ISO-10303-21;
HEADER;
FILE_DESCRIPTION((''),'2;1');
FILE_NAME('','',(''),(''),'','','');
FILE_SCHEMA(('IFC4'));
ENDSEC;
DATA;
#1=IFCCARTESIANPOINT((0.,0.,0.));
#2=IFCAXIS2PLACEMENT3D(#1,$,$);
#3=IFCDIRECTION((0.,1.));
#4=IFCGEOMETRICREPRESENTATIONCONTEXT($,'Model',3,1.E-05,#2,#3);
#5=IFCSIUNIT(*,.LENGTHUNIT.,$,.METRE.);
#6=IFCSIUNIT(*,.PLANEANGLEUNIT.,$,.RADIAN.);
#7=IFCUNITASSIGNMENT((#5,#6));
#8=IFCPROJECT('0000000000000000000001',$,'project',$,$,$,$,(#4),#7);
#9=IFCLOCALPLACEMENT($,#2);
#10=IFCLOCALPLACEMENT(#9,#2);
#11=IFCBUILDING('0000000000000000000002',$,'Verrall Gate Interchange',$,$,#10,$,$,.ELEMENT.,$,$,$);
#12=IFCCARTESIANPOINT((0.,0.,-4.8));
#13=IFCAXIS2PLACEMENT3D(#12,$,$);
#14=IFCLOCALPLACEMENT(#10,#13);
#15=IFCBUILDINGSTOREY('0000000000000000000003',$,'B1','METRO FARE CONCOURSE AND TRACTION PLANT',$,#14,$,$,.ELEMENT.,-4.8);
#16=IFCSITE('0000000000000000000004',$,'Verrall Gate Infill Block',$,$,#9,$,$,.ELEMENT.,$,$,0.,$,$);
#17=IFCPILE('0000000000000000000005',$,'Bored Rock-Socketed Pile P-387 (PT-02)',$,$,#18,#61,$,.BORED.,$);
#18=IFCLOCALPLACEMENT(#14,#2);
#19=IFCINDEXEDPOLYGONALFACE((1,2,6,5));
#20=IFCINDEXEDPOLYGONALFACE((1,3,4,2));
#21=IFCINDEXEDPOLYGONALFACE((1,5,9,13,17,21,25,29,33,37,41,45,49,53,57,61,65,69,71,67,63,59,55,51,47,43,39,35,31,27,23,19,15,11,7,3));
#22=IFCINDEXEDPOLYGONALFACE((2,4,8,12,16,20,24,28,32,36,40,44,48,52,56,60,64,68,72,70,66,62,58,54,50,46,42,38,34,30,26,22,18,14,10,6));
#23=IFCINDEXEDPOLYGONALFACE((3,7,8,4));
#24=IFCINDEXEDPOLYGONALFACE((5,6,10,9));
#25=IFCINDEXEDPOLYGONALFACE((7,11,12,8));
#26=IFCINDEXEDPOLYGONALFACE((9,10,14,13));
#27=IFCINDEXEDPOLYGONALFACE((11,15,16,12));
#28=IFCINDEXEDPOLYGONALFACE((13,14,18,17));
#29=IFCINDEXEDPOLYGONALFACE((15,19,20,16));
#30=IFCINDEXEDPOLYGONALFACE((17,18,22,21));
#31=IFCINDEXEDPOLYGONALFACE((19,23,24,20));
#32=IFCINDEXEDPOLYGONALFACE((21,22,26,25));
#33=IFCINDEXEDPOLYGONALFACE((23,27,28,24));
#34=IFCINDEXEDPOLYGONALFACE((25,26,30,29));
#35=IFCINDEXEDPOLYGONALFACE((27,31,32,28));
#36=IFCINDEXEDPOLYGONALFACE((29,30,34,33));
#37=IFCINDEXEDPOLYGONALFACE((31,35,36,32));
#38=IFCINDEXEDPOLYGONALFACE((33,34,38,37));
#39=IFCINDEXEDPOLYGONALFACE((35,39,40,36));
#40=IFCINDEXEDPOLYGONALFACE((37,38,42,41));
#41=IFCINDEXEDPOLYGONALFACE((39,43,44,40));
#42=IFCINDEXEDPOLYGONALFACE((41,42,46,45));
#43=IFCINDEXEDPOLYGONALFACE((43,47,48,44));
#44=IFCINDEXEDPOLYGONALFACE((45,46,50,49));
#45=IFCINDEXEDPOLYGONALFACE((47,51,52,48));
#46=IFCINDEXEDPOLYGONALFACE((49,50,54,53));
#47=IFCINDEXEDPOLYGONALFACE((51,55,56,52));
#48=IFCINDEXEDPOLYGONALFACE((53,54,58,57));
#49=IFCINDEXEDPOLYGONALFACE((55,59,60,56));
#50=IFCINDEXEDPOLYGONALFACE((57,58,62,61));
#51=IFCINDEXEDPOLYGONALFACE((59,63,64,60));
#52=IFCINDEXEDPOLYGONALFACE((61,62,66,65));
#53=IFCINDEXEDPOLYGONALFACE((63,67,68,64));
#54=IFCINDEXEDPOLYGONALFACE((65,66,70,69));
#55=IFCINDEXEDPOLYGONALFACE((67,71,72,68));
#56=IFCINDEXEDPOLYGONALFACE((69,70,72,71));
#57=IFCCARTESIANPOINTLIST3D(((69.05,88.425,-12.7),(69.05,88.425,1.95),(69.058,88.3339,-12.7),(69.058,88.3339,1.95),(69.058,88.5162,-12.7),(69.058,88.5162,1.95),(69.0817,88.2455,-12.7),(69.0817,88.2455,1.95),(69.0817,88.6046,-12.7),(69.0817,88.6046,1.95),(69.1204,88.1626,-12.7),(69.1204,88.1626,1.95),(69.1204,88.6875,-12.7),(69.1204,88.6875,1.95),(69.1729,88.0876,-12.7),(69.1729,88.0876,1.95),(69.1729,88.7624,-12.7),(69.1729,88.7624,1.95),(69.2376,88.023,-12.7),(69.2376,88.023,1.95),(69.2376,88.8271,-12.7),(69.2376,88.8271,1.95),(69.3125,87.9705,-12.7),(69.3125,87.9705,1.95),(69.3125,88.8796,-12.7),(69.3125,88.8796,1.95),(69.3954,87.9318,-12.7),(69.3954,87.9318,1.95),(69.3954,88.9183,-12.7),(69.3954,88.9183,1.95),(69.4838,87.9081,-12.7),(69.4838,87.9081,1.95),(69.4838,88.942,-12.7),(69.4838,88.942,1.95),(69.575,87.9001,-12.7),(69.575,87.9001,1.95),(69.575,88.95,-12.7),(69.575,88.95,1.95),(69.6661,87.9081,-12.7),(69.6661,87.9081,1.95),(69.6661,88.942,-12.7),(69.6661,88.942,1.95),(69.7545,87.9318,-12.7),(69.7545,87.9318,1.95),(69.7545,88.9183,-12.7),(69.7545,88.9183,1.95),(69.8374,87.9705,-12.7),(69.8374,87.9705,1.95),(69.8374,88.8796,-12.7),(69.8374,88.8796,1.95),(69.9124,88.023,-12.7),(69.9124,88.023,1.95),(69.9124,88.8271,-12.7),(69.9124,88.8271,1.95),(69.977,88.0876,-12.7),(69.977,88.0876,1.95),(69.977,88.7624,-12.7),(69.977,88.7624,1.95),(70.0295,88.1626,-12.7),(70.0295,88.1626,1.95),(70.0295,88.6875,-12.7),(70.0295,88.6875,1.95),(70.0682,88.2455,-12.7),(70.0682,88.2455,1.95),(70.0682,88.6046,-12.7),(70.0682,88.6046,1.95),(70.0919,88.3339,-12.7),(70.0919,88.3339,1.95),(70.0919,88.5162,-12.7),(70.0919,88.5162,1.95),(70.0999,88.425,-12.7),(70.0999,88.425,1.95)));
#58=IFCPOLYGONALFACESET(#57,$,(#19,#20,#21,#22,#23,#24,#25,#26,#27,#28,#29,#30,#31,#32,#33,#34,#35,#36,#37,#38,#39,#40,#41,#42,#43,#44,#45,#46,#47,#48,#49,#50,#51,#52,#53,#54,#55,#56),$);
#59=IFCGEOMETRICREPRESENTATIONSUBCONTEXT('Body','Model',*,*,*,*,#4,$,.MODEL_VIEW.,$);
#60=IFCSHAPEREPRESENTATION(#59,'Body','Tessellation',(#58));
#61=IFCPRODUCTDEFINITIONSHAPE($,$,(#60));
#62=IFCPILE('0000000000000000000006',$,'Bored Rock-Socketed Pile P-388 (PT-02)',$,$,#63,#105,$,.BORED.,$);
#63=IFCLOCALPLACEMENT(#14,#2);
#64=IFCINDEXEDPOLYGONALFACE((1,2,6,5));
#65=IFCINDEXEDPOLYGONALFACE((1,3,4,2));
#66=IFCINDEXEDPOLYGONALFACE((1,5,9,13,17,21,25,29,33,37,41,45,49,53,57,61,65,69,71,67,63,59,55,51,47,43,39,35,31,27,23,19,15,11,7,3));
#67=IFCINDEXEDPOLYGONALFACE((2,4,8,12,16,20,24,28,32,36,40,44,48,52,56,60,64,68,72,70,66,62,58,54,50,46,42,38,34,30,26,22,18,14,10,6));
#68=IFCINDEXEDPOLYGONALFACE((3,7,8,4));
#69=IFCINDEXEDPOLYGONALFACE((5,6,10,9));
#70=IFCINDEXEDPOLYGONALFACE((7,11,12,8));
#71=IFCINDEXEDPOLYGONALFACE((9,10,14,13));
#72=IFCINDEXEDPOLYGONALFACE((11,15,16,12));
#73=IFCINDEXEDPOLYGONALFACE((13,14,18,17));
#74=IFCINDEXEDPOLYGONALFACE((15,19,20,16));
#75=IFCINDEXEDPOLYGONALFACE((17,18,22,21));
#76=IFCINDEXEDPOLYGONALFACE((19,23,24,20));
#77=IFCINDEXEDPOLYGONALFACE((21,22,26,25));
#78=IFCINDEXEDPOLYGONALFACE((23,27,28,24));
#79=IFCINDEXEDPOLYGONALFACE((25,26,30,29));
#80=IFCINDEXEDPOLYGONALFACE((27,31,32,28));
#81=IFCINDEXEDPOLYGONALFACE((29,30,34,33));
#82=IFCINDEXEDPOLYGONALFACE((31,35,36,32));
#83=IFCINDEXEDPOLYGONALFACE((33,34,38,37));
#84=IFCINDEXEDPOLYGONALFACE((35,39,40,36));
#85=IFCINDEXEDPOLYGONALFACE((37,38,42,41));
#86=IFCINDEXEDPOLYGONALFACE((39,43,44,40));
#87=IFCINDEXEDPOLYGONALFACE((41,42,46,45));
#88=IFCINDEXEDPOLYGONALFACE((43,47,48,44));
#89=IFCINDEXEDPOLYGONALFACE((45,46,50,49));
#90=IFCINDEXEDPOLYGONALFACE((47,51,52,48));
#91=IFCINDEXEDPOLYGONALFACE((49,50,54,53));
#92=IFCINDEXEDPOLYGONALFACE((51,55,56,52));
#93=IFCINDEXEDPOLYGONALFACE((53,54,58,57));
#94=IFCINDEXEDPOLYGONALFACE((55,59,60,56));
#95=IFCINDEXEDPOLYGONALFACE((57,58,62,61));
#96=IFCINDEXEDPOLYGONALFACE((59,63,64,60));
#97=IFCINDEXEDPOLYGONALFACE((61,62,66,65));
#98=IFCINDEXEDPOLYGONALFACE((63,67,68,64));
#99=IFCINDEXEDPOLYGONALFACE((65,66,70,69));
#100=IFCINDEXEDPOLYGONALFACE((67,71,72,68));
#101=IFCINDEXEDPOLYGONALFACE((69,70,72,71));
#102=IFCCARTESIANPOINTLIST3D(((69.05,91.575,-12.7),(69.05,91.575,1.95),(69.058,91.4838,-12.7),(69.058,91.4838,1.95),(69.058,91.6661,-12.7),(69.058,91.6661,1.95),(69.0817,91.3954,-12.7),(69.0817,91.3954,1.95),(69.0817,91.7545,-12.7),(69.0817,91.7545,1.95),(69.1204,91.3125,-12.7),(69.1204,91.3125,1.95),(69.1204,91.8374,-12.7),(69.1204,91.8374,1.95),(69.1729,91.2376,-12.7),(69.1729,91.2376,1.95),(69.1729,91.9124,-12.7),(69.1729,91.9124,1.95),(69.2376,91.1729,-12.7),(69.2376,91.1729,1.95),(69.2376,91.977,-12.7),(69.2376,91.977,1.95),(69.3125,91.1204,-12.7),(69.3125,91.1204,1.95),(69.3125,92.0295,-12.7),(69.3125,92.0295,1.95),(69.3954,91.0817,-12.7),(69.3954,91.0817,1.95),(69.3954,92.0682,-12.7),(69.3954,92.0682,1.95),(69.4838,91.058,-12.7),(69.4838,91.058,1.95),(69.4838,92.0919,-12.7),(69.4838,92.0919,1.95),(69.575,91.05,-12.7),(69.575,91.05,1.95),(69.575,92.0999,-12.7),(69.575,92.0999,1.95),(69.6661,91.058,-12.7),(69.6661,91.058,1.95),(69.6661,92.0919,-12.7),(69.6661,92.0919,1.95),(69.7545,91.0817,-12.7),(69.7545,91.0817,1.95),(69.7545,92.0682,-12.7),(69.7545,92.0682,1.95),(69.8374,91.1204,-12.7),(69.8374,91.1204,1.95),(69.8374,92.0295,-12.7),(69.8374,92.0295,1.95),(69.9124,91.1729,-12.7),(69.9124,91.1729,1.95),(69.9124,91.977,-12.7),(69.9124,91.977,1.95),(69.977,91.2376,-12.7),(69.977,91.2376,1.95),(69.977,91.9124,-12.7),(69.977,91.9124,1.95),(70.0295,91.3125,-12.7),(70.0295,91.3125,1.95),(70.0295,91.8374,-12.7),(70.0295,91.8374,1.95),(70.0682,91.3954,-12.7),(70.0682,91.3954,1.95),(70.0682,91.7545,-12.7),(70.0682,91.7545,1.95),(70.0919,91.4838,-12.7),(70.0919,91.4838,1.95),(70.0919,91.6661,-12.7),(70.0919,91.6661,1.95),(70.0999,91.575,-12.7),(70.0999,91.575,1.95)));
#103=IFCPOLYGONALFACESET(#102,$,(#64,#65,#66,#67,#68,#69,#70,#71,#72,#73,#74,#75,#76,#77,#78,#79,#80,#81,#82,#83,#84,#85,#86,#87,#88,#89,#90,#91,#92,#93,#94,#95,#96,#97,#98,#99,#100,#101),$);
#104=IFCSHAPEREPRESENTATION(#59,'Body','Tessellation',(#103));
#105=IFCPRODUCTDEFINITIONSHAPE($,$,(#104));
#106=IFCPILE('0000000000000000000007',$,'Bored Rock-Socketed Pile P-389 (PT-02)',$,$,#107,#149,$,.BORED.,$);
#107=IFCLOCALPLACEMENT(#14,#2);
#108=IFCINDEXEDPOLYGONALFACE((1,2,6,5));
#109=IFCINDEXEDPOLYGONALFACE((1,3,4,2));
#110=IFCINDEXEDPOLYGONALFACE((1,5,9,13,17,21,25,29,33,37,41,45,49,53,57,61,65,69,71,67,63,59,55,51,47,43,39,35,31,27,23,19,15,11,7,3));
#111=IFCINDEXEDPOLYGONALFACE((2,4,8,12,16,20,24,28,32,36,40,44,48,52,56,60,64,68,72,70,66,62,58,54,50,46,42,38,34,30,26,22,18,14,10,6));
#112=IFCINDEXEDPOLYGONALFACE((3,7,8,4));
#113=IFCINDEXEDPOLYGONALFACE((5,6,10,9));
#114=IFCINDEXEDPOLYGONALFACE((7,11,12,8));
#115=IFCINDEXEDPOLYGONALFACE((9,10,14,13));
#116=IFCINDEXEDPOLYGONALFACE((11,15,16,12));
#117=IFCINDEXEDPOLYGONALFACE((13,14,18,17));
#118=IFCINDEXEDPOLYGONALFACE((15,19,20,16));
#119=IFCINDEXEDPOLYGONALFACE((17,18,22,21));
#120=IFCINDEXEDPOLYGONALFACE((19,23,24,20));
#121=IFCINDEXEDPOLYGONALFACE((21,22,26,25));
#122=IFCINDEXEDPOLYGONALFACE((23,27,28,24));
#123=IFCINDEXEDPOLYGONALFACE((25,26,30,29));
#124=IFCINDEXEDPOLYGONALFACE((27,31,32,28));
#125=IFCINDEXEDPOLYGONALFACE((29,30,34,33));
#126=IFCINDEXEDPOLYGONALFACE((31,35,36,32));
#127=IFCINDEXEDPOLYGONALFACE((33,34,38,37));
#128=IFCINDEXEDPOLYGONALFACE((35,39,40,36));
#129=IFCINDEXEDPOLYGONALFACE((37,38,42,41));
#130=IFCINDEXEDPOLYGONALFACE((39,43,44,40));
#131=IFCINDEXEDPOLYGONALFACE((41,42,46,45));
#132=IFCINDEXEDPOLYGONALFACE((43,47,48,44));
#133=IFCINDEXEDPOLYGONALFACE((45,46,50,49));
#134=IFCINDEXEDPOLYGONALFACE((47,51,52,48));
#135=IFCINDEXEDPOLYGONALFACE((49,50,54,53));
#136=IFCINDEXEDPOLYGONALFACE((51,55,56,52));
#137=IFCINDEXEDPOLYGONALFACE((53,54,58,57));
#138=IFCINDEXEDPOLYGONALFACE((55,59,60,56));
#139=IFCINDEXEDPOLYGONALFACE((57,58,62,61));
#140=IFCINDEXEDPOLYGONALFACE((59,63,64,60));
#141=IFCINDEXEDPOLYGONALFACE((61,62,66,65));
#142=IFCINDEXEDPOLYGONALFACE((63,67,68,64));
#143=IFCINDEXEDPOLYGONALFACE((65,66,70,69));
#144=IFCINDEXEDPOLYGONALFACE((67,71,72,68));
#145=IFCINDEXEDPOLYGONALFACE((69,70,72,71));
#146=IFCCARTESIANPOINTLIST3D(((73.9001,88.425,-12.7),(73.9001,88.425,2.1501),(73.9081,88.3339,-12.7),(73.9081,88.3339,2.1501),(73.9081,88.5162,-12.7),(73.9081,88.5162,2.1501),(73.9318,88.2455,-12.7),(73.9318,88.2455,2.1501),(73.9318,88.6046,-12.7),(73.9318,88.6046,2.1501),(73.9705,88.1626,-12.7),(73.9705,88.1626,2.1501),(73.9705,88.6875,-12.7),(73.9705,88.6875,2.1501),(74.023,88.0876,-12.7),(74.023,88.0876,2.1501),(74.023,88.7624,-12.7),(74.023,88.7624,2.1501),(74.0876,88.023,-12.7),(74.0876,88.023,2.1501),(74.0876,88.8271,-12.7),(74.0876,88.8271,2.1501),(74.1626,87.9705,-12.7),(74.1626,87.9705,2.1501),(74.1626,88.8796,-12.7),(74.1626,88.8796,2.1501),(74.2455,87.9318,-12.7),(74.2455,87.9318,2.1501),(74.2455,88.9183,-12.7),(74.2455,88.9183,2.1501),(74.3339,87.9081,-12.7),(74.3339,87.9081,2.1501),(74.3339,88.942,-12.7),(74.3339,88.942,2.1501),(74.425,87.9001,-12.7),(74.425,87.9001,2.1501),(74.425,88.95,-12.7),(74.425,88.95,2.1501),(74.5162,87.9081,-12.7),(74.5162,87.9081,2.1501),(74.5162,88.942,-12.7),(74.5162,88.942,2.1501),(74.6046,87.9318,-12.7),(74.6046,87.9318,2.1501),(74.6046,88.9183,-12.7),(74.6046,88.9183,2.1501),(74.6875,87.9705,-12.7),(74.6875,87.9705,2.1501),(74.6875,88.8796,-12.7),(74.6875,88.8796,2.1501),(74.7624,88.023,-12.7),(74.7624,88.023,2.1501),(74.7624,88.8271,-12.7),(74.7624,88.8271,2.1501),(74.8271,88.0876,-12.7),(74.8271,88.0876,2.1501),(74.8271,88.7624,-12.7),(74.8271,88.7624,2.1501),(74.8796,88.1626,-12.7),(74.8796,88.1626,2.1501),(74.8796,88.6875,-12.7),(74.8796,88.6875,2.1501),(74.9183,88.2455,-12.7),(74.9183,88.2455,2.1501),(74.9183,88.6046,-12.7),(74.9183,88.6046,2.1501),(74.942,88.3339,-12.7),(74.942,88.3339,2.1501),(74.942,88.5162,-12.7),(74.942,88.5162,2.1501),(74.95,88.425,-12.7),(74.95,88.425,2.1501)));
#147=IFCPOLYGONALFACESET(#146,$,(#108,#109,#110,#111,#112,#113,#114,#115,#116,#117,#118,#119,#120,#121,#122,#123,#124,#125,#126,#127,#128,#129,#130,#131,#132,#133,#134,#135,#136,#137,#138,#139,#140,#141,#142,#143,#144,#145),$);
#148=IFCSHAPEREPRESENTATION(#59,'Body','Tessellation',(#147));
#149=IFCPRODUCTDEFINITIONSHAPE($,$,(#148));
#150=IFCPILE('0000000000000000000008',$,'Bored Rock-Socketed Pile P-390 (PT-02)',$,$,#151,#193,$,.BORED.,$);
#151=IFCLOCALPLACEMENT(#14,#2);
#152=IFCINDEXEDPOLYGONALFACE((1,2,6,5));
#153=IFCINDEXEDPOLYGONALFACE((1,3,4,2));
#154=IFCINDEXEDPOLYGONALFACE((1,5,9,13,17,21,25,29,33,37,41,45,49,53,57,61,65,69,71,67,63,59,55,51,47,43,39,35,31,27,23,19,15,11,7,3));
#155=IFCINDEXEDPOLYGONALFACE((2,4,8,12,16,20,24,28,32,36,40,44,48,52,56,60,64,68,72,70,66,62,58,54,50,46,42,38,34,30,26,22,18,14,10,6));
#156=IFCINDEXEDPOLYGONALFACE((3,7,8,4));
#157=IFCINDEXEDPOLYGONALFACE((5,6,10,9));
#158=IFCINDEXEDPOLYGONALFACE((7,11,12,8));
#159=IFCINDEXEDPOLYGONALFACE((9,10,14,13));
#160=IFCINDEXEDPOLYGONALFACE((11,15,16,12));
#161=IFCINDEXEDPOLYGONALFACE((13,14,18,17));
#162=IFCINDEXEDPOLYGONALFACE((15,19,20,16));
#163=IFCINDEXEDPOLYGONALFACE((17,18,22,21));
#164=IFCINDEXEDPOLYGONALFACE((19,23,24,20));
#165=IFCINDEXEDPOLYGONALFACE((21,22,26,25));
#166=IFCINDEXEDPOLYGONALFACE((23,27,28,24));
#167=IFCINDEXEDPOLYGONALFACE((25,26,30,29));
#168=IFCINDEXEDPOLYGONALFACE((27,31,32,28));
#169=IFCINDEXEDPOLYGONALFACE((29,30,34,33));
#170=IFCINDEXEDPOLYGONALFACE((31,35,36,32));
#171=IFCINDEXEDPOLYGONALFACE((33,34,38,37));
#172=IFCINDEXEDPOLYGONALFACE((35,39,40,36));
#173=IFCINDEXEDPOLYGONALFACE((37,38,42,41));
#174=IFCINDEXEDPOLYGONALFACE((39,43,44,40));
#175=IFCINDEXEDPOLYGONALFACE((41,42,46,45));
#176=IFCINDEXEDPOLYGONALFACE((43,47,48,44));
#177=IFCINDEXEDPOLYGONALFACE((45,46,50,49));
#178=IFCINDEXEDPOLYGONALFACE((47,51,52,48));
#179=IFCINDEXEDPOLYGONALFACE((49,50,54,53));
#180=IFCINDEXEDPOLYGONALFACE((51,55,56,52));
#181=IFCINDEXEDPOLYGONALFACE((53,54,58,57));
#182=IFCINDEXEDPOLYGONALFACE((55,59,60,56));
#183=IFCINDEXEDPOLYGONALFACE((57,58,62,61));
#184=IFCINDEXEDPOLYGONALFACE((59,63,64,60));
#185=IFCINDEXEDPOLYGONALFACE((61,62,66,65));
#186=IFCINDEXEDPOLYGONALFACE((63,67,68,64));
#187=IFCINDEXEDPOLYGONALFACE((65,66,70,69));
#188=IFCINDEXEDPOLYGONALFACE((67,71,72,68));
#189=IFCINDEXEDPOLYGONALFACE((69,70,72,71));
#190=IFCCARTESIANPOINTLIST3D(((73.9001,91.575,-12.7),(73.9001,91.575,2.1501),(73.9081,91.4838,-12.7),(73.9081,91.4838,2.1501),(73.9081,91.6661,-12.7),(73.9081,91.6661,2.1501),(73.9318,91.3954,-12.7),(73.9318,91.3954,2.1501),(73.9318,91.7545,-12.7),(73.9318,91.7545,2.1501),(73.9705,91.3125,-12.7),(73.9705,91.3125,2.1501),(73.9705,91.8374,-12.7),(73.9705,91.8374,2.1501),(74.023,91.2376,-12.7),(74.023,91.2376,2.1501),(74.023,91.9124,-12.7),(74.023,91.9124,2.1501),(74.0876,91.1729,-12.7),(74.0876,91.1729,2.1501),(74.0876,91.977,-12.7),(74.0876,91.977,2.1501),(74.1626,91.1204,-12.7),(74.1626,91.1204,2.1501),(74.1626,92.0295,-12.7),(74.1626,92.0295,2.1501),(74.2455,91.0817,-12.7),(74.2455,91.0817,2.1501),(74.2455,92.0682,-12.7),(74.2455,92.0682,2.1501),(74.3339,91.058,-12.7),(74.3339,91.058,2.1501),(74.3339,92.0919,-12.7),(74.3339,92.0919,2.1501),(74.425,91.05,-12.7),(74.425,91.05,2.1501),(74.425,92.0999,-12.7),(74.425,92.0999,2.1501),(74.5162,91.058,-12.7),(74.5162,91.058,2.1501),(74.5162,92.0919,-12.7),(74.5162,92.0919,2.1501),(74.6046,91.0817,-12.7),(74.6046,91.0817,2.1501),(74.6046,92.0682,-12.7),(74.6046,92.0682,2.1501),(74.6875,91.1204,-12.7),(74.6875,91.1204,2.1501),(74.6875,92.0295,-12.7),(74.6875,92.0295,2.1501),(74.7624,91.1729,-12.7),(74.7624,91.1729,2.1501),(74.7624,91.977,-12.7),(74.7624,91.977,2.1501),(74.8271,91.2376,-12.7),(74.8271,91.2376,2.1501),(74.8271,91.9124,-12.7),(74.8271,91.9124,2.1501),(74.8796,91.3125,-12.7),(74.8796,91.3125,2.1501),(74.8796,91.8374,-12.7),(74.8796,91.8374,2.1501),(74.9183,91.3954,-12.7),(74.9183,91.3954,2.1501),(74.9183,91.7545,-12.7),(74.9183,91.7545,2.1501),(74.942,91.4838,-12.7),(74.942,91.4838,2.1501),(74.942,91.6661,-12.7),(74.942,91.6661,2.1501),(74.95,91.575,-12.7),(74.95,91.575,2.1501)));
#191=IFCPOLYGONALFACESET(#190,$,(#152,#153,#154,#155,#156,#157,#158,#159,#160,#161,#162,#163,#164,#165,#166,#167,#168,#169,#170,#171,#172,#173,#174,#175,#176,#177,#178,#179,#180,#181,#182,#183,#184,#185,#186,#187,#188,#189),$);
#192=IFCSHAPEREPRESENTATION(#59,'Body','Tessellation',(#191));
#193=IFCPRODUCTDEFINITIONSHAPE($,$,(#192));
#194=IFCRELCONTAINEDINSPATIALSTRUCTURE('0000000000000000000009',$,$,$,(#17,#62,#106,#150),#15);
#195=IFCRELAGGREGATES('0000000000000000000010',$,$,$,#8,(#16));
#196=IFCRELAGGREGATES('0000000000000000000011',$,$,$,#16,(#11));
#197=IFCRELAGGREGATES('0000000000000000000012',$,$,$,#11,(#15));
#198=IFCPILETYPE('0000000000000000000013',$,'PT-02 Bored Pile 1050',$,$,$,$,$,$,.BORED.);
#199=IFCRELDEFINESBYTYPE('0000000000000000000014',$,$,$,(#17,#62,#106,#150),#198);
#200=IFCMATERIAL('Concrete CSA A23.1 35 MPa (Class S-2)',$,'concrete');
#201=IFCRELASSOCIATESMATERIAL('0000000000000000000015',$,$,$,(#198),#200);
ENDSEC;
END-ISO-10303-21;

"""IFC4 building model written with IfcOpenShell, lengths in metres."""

from ifc_helpers import new_model, si_unit, direction, frame, origin, origin_2d, place, context, subcontext, project, spatial, circle, extrude, material, material_profile, profile_set, type_object, element, save


model = new_model("IFC4")

# Units and contexts
model_context = context("Model", 3, precision=1e-05, world=origin(), true_north=direction((0.0, 1.0)))
body_context = subcontext(model_context, "Body", "Model", "MODEL_VIEW")
ifc_project = project(units=[si_unit("LENGTHUNIT", "METRE"), si_unit("PLANEANGLEUNIT", "RADIAN")], contexts=[model_context])

# Site, building, storey
site_placement = place(None, origin())
site = spatial("IfcSite", under=ifc_project, at=site_placement, Name="Verrall Gate Infill Block", CompositionType="ELEMENT", RefElevation=0.0)
building_placement = place(site_placement, origin())
building = spatial("IfcBuilding", under=site, at=building_placement, Name="Verrall Gate Interchange", CompositionType="ELEMENT")
storey_placement = place(building_placement, frame((0.0, 0.0, -4.8)))
storey = spatial("IfcBuildingStorey", under=building, at=storey_placement, Name="B1", Description="METRO FARE CONCOURSE AND TRACTION PLANT", CompositionType="ELEMENT", Elevation=-4.8)

# Piles
ifc_material_1 = material(Name="Concrete CSA A23.1 35 MPa (Class S-2)", Category="concrete")
ifc_material_profile_1 = material_profile(ifc_material_1, circle(Radius=0.5249, at=origin_2d()), Name="PILE1050D")
ifc_profile_set_1 = profile_set([ifc_material_profile_1], Name="Concrete CSA A23.1 35 MPa (Class S-2)")
pile_type = type_object("IfcPileType", Name="PT-02 Bored Pile 1050", PredefinedType="BORED", material=ifc_profile_set_1)
for number, where, z_axis, x_axis, name in (
    (1, (69.575, 88.425, 1.95), (0.0, 0.0, -1.0), (1.0, 0.0, 0.0), "Bored Rock-Socketed Pile P-387 (PT-02)"),
    (2, (69.575, 91.575, 1.95), (0.0, 0.0, -1.0), (1.0, 0.0, 0.0), "Bored Rock-Socketed Pile P-388 (PT-02)"),
):
    element("IfcPile", number, at=place(storey_placement, frame(where, z_axis=z_axis, x_axis=x_axis)), inside=storey, type_object=pile_type, Name=name, PredefinedType="BORED", context=body_context, shape_type="SweptSolid", body=[
        extrude(circle(Radius=0.5249, at=origin_2d()), origin(), (0.0, 0.0, 1.0), 14.6499),
    ])
for number, where, z_axis, x_axis, name in (
    (3, (74.425, 88.425, 2.1501), (0.0, 0.0, -1.0), (1.0, 0.0, 0.0), "Bored Rock-Socketed Pile P-389 (PT-02)"),
    (4, (74.425, 91.575, 2.1501), (0.0, 0.0, -1.0), (1.0, 0.0, 0.0), "Bored Rock-Socketed Pile P-390 (PT-02)"),
):
    element("IfcPile", number, at=place(storey_placement, frame(where, z_axis=z_axis, x_axis=x_axis)), inside=storey, type_object=pile_type, Name=name, PredefinedType="BORED", context=body_context, shape_type="SweptSolid", body=[
        extrude(circle(Radius=0.5249, at=origin_2d()), origin(), (0.0, 0.0, 1.0), 14.8501),
    ])

save(model, "model.ifc")
